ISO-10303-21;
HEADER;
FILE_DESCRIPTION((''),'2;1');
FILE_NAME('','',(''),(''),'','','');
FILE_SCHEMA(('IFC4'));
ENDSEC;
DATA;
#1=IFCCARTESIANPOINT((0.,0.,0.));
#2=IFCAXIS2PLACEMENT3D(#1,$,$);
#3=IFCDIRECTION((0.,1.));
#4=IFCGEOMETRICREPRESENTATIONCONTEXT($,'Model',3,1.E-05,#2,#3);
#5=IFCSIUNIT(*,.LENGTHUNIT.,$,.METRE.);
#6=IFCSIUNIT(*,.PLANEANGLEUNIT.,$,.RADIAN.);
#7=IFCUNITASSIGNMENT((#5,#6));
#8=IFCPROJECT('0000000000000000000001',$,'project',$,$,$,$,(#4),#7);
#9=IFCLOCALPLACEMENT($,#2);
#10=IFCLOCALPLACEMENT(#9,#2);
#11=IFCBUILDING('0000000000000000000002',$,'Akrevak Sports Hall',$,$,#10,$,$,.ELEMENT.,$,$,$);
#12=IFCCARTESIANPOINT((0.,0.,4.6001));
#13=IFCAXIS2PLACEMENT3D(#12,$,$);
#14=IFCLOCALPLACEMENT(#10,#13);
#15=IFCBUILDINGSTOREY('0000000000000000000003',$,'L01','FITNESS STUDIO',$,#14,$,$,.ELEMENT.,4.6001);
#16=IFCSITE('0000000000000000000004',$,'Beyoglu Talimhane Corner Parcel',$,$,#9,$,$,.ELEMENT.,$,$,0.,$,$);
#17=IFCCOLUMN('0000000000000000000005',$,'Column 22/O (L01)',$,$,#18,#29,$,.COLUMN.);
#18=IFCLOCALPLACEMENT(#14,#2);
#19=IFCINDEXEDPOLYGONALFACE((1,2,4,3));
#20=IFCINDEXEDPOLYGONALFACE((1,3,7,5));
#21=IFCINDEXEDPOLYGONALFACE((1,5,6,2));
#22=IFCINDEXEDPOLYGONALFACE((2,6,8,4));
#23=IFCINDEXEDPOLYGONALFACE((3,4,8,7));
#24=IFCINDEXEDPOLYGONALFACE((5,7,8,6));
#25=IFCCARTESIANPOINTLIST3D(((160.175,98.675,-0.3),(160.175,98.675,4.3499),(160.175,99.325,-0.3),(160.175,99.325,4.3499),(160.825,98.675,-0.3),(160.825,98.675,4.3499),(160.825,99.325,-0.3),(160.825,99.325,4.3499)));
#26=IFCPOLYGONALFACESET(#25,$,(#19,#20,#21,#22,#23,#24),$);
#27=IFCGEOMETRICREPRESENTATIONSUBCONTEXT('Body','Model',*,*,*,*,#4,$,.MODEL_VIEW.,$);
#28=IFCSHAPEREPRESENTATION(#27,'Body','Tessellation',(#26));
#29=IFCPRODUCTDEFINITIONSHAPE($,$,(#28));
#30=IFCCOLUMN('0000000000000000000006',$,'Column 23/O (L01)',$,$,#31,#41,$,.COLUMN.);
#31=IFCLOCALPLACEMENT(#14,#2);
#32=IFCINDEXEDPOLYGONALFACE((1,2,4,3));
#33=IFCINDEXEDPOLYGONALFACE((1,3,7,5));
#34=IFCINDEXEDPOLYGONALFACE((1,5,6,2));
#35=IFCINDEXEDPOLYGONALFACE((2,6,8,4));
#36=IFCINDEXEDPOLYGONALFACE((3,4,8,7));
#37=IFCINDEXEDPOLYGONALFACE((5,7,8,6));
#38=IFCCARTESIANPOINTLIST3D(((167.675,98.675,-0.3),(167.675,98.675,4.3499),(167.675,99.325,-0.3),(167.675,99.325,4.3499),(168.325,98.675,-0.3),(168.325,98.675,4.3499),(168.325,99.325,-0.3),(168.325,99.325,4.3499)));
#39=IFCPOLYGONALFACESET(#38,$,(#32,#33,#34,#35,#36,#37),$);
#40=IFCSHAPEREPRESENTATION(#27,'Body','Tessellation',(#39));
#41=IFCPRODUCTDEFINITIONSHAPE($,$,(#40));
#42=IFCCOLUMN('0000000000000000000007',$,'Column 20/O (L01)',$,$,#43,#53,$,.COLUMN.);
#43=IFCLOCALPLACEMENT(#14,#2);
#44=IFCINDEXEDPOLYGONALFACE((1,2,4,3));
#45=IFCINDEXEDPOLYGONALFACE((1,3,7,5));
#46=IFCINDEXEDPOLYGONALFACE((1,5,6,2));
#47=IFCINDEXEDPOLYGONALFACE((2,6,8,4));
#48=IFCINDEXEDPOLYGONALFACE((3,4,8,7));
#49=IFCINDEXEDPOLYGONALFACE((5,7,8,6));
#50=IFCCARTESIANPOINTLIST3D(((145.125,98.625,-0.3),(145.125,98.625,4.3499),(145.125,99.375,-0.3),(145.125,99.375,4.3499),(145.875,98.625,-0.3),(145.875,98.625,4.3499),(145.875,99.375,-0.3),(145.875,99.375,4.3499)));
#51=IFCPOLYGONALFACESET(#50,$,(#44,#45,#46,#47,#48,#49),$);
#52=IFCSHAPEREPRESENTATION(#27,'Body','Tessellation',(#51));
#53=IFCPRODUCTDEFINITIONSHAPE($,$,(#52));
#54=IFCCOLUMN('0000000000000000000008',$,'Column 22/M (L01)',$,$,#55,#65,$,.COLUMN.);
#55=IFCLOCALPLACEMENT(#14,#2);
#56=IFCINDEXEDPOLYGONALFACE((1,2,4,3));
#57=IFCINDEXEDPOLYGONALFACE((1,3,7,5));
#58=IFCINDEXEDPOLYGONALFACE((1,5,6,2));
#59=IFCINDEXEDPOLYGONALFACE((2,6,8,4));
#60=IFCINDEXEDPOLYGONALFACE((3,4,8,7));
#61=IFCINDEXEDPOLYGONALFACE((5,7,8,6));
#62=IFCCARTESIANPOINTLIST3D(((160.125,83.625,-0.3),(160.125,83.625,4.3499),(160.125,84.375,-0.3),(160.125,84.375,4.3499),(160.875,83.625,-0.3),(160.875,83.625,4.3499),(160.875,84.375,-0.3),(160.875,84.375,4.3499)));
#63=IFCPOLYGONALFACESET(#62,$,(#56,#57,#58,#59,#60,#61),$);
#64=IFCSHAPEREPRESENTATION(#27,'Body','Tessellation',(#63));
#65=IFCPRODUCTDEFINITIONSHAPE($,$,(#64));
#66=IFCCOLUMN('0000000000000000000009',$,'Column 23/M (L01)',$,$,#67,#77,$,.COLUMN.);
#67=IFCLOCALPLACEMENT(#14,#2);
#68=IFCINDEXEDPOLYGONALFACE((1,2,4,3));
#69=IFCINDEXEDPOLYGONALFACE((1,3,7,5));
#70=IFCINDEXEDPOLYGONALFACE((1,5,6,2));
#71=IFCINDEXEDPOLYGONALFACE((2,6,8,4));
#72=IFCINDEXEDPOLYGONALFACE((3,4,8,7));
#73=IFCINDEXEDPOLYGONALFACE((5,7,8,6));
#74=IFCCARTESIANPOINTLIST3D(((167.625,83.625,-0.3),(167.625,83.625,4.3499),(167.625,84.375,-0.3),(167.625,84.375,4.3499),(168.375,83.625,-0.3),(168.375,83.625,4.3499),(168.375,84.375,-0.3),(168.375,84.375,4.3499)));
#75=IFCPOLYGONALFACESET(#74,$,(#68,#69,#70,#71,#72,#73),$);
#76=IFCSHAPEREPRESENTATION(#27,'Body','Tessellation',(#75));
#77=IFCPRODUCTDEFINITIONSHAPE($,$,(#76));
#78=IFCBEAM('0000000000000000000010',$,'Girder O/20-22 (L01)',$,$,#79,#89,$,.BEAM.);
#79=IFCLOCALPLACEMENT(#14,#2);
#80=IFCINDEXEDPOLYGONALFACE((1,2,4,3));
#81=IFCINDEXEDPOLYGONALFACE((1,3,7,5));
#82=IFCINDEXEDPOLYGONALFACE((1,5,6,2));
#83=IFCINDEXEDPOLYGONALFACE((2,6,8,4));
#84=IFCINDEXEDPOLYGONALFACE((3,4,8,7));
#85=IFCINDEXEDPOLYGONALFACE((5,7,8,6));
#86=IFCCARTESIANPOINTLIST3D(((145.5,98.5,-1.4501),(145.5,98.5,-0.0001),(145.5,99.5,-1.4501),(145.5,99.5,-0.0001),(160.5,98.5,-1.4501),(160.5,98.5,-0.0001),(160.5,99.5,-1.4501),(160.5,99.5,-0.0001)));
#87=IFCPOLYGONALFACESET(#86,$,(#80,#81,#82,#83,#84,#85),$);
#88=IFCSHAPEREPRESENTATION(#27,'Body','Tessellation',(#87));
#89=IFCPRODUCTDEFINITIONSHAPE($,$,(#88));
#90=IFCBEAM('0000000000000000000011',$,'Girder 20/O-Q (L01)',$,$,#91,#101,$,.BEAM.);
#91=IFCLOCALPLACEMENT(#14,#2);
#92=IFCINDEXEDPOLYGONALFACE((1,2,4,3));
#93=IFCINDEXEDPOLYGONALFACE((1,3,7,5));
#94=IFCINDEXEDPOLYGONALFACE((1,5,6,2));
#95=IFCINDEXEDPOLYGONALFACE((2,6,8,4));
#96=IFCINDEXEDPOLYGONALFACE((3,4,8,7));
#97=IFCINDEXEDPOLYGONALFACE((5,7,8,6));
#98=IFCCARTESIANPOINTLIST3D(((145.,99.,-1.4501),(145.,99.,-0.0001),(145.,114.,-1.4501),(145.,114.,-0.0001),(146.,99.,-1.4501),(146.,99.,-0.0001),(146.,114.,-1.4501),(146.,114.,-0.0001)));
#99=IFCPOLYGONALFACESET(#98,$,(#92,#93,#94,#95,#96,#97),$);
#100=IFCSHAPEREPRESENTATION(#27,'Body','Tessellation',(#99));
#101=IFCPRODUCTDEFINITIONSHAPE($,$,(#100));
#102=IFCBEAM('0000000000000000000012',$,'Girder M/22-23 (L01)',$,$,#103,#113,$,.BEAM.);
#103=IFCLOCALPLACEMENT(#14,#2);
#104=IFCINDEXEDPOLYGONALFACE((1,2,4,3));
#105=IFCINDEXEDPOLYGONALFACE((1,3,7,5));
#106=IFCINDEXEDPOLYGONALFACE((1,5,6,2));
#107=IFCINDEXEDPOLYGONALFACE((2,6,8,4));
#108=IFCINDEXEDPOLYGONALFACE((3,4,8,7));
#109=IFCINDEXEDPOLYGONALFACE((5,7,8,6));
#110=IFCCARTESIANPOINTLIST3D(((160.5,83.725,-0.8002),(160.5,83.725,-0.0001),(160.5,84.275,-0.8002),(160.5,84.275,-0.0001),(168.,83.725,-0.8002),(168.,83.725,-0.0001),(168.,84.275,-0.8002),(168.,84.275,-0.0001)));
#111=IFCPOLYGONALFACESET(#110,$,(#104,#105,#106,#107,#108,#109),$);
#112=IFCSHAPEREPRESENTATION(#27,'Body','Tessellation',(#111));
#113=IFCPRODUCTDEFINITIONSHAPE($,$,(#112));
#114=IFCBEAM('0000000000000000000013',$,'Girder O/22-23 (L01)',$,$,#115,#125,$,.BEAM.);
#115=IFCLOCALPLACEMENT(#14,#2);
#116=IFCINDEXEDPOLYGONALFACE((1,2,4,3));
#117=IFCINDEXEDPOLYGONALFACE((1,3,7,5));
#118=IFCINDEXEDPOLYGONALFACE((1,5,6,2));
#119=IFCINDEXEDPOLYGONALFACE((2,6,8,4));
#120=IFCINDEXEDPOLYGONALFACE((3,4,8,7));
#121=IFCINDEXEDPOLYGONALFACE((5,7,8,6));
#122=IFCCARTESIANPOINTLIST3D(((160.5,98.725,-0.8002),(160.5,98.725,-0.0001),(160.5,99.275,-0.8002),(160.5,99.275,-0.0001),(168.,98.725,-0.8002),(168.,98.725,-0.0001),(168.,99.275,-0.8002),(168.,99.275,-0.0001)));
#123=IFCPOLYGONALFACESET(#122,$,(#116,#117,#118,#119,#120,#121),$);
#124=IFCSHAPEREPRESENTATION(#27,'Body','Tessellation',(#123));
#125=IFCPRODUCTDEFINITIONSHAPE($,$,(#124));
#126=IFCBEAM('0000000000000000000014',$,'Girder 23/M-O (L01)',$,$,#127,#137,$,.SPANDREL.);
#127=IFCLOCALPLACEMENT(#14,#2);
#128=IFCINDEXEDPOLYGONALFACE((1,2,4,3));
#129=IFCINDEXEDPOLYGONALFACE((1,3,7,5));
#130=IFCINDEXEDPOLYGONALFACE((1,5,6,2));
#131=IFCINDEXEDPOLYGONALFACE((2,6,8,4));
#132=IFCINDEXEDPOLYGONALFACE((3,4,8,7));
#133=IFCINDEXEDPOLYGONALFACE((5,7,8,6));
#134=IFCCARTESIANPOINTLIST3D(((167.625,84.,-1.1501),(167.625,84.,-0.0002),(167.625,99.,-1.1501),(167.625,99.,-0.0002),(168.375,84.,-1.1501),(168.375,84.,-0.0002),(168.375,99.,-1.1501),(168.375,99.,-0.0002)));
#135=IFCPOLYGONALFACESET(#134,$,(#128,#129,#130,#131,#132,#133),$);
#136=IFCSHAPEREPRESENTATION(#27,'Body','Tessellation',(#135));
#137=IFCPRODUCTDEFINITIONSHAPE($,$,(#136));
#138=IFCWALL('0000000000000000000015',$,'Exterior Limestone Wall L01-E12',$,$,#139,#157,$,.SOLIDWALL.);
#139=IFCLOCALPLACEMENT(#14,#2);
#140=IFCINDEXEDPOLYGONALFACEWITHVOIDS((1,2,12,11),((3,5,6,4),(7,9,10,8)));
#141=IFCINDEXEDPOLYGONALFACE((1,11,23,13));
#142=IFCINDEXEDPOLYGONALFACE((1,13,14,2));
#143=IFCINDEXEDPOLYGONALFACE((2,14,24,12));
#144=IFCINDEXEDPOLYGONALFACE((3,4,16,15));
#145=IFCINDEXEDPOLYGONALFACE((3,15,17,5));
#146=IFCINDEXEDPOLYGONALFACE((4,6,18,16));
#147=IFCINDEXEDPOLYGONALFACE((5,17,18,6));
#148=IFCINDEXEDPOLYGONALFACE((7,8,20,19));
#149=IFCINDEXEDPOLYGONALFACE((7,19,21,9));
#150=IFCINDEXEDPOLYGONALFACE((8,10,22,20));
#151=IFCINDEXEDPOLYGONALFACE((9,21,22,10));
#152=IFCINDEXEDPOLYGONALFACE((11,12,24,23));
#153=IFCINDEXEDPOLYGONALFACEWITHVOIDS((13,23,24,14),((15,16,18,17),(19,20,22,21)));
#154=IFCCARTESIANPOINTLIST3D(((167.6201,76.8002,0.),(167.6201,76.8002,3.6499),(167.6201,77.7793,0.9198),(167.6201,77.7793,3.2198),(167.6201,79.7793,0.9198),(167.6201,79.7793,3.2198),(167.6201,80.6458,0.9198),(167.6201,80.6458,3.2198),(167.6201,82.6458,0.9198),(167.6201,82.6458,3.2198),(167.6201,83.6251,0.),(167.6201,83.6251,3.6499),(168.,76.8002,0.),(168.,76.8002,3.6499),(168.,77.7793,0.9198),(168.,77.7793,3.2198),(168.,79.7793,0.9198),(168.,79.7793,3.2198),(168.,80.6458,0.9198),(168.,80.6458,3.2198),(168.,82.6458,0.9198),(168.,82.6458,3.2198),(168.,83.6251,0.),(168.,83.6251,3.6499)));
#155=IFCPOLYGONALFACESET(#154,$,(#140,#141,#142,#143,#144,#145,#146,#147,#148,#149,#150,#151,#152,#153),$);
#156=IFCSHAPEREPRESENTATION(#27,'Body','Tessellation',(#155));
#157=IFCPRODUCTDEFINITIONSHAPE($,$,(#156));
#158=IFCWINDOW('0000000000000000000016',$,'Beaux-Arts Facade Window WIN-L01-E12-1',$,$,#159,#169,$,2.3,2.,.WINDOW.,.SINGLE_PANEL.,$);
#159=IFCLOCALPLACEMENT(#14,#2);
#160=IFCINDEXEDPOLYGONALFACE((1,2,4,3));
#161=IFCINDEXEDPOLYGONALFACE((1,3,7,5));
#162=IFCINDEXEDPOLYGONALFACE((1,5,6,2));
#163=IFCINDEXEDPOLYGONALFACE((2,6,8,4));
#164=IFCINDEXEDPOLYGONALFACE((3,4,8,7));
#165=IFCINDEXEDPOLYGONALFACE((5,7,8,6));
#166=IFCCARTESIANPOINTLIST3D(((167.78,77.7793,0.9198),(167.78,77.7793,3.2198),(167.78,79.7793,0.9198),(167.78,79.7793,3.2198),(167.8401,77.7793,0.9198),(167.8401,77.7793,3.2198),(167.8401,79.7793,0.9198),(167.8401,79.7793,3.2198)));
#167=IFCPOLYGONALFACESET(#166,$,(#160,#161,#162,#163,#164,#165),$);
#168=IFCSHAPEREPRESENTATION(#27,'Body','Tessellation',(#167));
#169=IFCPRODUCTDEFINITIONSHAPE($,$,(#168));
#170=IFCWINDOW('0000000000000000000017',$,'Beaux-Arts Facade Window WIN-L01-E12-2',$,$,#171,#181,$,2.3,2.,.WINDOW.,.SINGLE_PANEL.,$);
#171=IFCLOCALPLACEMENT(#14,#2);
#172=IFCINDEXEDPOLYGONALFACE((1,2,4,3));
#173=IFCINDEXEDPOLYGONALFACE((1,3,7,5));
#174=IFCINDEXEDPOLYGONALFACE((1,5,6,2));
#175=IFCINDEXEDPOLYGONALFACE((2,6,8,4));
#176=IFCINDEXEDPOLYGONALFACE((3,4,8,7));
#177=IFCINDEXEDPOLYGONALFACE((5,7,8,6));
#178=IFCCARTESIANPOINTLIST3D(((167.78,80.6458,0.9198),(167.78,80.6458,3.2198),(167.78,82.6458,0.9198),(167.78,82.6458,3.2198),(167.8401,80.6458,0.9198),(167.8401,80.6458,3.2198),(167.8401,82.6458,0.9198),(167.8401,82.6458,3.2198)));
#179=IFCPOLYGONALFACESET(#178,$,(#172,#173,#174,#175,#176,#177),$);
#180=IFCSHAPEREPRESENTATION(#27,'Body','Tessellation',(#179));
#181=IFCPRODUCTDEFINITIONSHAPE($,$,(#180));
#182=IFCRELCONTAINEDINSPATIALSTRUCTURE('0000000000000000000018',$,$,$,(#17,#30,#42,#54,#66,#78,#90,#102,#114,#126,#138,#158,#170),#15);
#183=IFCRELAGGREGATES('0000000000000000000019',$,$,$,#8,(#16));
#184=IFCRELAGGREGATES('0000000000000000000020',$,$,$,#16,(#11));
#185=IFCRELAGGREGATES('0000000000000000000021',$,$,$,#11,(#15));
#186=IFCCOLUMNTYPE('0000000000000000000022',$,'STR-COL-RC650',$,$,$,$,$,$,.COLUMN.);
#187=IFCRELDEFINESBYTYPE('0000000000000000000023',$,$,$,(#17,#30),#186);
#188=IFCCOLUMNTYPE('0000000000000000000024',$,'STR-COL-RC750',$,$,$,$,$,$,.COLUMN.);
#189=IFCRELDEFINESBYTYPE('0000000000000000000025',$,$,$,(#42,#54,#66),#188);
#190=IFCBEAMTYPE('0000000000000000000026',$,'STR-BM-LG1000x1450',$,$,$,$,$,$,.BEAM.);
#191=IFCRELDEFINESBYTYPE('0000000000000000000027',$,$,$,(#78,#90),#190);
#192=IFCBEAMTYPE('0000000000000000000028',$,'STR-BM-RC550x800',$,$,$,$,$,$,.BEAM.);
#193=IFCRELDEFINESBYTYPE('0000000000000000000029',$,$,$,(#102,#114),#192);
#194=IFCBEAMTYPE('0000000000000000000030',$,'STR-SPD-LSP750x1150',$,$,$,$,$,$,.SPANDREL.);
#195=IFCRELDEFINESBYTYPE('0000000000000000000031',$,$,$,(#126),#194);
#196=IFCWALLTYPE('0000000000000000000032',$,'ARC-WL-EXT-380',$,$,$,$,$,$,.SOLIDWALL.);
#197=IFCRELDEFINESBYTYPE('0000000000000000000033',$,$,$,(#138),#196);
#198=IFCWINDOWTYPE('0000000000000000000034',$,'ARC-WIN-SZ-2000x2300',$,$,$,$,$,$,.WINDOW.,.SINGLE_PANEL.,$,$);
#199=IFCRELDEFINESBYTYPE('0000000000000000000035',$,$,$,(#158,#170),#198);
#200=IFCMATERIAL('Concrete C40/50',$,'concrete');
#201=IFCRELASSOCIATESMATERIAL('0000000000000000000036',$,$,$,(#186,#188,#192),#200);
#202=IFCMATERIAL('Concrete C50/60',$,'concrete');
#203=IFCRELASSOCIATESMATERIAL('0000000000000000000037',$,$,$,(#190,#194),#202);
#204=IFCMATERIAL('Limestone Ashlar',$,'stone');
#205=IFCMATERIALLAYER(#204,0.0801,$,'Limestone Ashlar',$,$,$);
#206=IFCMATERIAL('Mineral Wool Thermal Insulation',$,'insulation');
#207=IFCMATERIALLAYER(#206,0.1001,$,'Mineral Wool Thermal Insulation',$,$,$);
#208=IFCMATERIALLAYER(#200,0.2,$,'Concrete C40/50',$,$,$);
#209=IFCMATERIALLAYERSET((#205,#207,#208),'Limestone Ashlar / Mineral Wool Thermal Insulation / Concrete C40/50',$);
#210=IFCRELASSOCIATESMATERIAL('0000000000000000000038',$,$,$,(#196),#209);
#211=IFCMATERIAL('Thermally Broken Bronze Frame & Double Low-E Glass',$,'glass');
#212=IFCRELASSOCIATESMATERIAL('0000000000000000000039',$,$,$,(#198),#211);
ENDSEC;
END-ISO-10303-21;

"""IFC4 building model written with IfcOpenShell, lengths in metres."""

from ifc_helpers import new_model, si_unit, direction, frame, frame_2d, origin, origin_2d, place, context, subcontext, project, spatial, rectangle, extrude, material, layer, layer_set, material_profile, profile_set, type_object, element, fill, save


model = new_model("IFC4")

# Units and contexts
model_context = context("Model", 3, precision=1e-05, world=origin(), true_north=direction((0.0, 1.0)))
body_context = subcontext(model_context, "Body", "Model", "MODEL_VIEW")
ifc_project = project(units=[si_unit("LENGTHUNIT", "METRE"), si_unit("PLANEANGLEUNIT", "RADIAN")], contexts=[model_context])

# Site, building, storey
site_placement = place(None, origin())
site = spatial("IfcSite", under=ifc_project, at=site_placement, Name="Beyoglu Talimhane Corner Parcel", CompositionType="ELEMENT", RefElevation=0.0)
building_placement = place(site_placement, origin())
building = spatial("IfcBuilding", under=site, at=building_placement, Name="Akrevak Sports Hall", CompositionType="ELEMENT")
storey_placement = place(building_placement, frame((0.0, 0.0, 4.6001)))
storey = spatial("IfcBuildingStorey", under=building, at=storey_placement, Name="L01", Description="FITNESS STUDIO", CompositionType="ELEMENT", Elevation=4.6001)

# Columns
ifc_material_1 = material(Name="Concrete C40/50", Category="concrete")
ifc_material_profile_1 = material_profile(ifc_material_1, rectangle(XDim=0.6499, YDim=0.6499, at=origin_2d()), Name="RC 650x650", Category="concrete")
ifc_profile_set_1 = profile_set([ifc_material_profile_1], Name="Concrete C40/50")
column_type_1 = type_object("IfcColumnType", Name="STR-COL-RC650", PredefinedType="COLUMN", material=ifc_profile_set_1)
for number, where, z_axis, x_axis, name in (
    (1, (160.5, 99.0, -0.3), (0.0, 0.0, 1.0), (1.0, 0.0, 0.0), "Column 22/O (L01)"),
    (2, (168.0, 99.0, -0.3), (0.0, 0.0, 1.0), (1.0, 0.0, 0.0), "Column 23/O (L01)"),
):
    element("IfcColumn", number, at=place(storey_placement, frame(where, z_axis=z_axis, x_axis=x_axis)), inside=storey, type_object=column_type_1, Name=name, PredefinedType="COLUMN", context=body_context, shape_type="SweptSolid", body=[
        extrude(rectangle(XDim=0.6499, YDim=0.6499, at=origin_2d()), origin(), (0.0, 0.0, 1.0), 4.6499),
    ])
ifc_material_profile_2 = material_profile(ifc_material_1, rectangle(XDim=0.75, YDim=0.75, at=origin_2d()), Name="RC 750x750", Category="concrete")
ifc_profile_set_2 = profile_set([ifc_material_profile_2], Name="Concrete C40/50")
column_type_2 = type_object("IfcColumnType", Name="STR-COL-RC750", PredefinedType="COLUMN", material=ifc_profile_set_2)
for number, where, z_axis, x_axis, name in (
    (3, (145.5, 99.0, -0.3), (0.0, 0.0, 1.0), (1.0, 0.0, 0.0), "Column 20/O (L01)"),
    (4, (160.5, 84.0, -0.3), (0.0, 0.0, 1.0), (1.0, 0.0, 0.0), "Column 22/M (L01)"),
    (5, (168.0, 84.0, -0.3), (0.0, 0.0, 1.0), (1.0, 0.0, 0.0), "Column 23/M (L01)"),
):
    element("IfcColumn", number, at=place(storey_placement, frame(where, z_axis=z_axis, x_axis=x_axis)), inside=storey, type_object=column_type_2, Name=name, PredefinedType="COLUMN", context=body_context, shape_type="SweptSolid", body=[
        extrude(rectangle(XDim=0.75, YDim=0.75, at=origin_2d()), origin(), (0.0, 0.0, 1.0), 4.6499),
    ])

# Beams
ifc_material_2 = material(Name="Concrete C50/60", Category="concrete")
ifc_material_profile_3 = material_profile(ifc_material_2, rectangle(XDim=1.0, YDim=1.45, at=origin_2d()), Name="BM 1000x1450", Category="concrete")
ifc_profile_set_3 = profile_set([ifc_material_profile_3], Name="Concrete C50/60")
beam_type_1 = type_object("IfcBeamType", Name="STR-BM-LG1000x1450", PredefinedType="BEAM", material=ifc_profile_set_3)
for number, where, z_axis, x_axis, name in (
    (6, (145.5, 99.0, -0.7251), (1.0, 0.0, 0.0), (0.0, 1.0, 0.0), "Girder O/20-22 (L01)"),
    (7, (145.5, 99.0, -0.7251), (0.0, 1.0, 0.0), (-1.0, 0.0, 0.0), "Girder 20/O-Q (L01)"),
):
    element("IfcBeam", number, at=place(storey_placement, frame(where, z_axis=z_axis, x_axis=x_axis)), inside=storey, type_object=beam_type_1, Name=name, PredefinedType="BEAM", context=body_context, shape_type="SweptSolid", body=[
        extrude(rectangle(XDim=1.0, YDim=1.45, at=origin_2d()), origin(), (0.0, 0.0, 1.0), 15.0),
    ])
ifc_material_profile_4 = material_profile(ifc_material_1, rectangle(XDim=0.55, YDim=0.8, at=origin_2d()), Name="BM 550x800", Category="concrete")
ifc_profile_set_4 = profile_set([ifc_material_profile_4], Name="Concrete C40/50")
beam_type_2 = type_object("IfcBeamType", Name="STR-BM-RC550x800", PredefinedType="BEAM", material=ifc_profile_set_4)
for number, where, z_axis, x_axis, name in (
    (8, (160.5, 84.0, -0.4001), (1.0, 0.0, 0.0), (0.0, 1.0, 0.0), "Girder M/22-23 (L01)"),
    (9, (160.5, 99.0, -0.4001), (1.0, 0.0, 0.0), (0.0, 1.0, 0.0), "Girder O/22-23 (L01)"),
):
    element("IfcBeam", number, at=place(storey_placement, frame(where, z_axis=z_axis, x_axis=x_axis)), inside=storey, type_object=beam_type_2, Name=name, PredefinedType="BEAM", context=body_context, shape_type="SweptSolid", body=[
        extrude(rectangle(XDim=0.55, YDim=0.8, at=origin_2d()), origin(), (0.0, 0.0, 1.0), 7.5),
    ])
ifc_material_profile_5 = material_profile(ifc_material_2, rectangle(XDim=0.75, YDim=1.1499, at=origin_2d()), Name="SPD 750x1150", Category="concrete")
ifc_profile_set_5 = profile_set([ifc_material_profile_5], Name="Concrete C50/60")
beam_type_3 = type_object("IfcBeamType", Name="STR-SPD-LSP750x1150", PredefinedType="SPANDREL", material=ifc_profile_set_5)
beam_placement = place(storey_placement, frame((168.0, 84.0, -0.5752), z_axis=(0.0, 1.0, 0.0), x_axis=(-1.0, 0.0, 0.0)))
element("IfcBeam", 10, at=beam_placement, inside=storey, type_object=beam_type_3, Name="Girder 23/M-O (L01)", PredefinedType="SPANDREL", context=body_context, shape_type="SweptSolid", body=[
    extrude(rectangle(XDim=0.75, YDim=1.1499, at=origin_2d()), origin(), (0.0, 0.0, 1.0), 15.0),
])

# Wall, openings, windows
ifc_material_3 = material(Name="Limestone Ashlar", Category="stone")
ifc_layer_1 = layer(ifc_material_3, 0.0801, Name="Limestone Ashlar")
ifc_material_4 = material(Name="Mineral Wool Thermal Insulation", Category="insulation")
ifc_layer_2 = layer(ifc_material_4, 0.1001, Name="Mineral Wool Thermal Insulation")
ifc_layer_3 = layer(ifc_material_1, 0.2, Name="Concrete C40/50")
ifc_layer_set_1 = layer_set([ifc_layer_1, ifc_layer_2, ifc_layer_3], Name="Limestone Ashlar / Mineral Wool Thermal Insulation / Concrete C40/50")
wall_type_1 = type_object("IfcWallType", Name="ARC-WL-EXT-380", PredefinedType="SOLIDWALL", material=ifc_layer_set_1)
wall_1_placement = place(storey_placement, frame((167.8101, 76.8, 0.0), z_axis=(0.0, 0.0, 1.0), x_axis=(0.0, 1.0, 0.0)))
wall_1 = element("IfcWall", 11, at=wall_1_placement, inside=storey, type_object=wall_type_1, Name="Exterior Limestone Wall L01-E12", PredefinedType="SOLIDWALL", context=body_context, shape_type="SweptSolid", body=[
    extrude(rectangle(XDim=6.825, YDim=0.3799, at=frame_2d((3.4126, 0.0))), origin(), (0.0, 0.0, 1.0), 3.6499),
])
opening_1_placement = place(wall_1_placement, frame((0.9792, 0.0, 0.9199)))
opening_1 = element("IfcOpeningElement", 12, at=opening_1_placement, cuts=wall_1, PredefinedType="OPENING", context=body_context, shape_type="SweptSolid", body=[
    extrude(rectangle(XDim=2.0, YDim=2.3, at=frame_2d((1.0, 1.1499))), frame((0.0, 0.2019, 0.0), z_axis=(0.0, -1.0, 0.0), x_axis=(1.0, 0.0, 0.0)), (0.0, 0.0, 1.0), 0.4038),
])
opening_2_placement = place(wall_1_placement, frame((3.8457, 0.0, 0.9199)))
opening_2 = element("IfcOpeningElement", 13, at=opening_2_placement, cuts=wall_1, PredefinedType="OPENING", context=body_context, shape_type="SweptSolid", body=[
    extrude(rectangle(XDim=2.0, YDim=2.3, at=frame_2d((1.0, 1.1499))), frame((0.0, 0.2019, 0.0), z_axis=(0.0, -1.0, 0.0), x_axis=(1.0, 0.0, 0.0)), (0.0, 0.0, 1.0), 0.4038),
])
ifc_material_5 = material(Name="Thermally Broken Bronze Frame & Double Low-E Glass", Category="glass")
window_type = type_object("IfcWindowType", Name="ARC-WIN-SZ-2000x2300", PartitioningType="SINGLE_PANEL", PredefinedType="WINDOW", material=ifc_material_5)
window_1_placement = place(opening_1_placement, origin())
window_1 = element("IfcWindow", 14, at=window_1_placement, inside=storey, type_object=window_type, Name="Beaux-Arts Facade Window WIN-L01-E12-1", OverallHeight=2.3, OverallWidth=2.0, PartitioningType="SINGLE_PANEL", PredefinedType="WINDOW", context=body_context, shape_type="SweptSolid", body=[
    extrude(rectangle(XDim=2.0, YDim=2.3, at=frame_2d((1.0, 1.1499))), frame((0.0, 0.03, 0.0), z_axis=(0.0, -1.0, 0.0), x_axis=(1.0, 0.0, 0.0)), (0.0, 0.0, 1.0), 0.0601),
])
fill(opening_1, window_1)
window_2_placement = place(opening_2_placement, origin())
window_2 = element("IfcWindow", 15, at=window_2_placement, inside=storey, type_object=window_type, Name="Beaux-Arts Facade Window WIN-L01-E12-2", OverallHeight=2.3, OverallWidth=2.0, PartitioningType="SINGLE_PANEL", PredefinedType="WINDOW", context=body_context, shape_type="SweptSolid", body=[
    extrude(rectangle(XDim=2.0, YDim=2.3, at=frame_2d((1.0, 1.1499))), frame((0.0, 0.03, 0.0), z_axis=(0.0, -1.0, 0.0), x_axis=(1.0, 0.0, 0.0)), (0.0, 0.0, 1.0), 0.0601),
])
fill(opening_2, window_2)

save(model, "model.ifc")
